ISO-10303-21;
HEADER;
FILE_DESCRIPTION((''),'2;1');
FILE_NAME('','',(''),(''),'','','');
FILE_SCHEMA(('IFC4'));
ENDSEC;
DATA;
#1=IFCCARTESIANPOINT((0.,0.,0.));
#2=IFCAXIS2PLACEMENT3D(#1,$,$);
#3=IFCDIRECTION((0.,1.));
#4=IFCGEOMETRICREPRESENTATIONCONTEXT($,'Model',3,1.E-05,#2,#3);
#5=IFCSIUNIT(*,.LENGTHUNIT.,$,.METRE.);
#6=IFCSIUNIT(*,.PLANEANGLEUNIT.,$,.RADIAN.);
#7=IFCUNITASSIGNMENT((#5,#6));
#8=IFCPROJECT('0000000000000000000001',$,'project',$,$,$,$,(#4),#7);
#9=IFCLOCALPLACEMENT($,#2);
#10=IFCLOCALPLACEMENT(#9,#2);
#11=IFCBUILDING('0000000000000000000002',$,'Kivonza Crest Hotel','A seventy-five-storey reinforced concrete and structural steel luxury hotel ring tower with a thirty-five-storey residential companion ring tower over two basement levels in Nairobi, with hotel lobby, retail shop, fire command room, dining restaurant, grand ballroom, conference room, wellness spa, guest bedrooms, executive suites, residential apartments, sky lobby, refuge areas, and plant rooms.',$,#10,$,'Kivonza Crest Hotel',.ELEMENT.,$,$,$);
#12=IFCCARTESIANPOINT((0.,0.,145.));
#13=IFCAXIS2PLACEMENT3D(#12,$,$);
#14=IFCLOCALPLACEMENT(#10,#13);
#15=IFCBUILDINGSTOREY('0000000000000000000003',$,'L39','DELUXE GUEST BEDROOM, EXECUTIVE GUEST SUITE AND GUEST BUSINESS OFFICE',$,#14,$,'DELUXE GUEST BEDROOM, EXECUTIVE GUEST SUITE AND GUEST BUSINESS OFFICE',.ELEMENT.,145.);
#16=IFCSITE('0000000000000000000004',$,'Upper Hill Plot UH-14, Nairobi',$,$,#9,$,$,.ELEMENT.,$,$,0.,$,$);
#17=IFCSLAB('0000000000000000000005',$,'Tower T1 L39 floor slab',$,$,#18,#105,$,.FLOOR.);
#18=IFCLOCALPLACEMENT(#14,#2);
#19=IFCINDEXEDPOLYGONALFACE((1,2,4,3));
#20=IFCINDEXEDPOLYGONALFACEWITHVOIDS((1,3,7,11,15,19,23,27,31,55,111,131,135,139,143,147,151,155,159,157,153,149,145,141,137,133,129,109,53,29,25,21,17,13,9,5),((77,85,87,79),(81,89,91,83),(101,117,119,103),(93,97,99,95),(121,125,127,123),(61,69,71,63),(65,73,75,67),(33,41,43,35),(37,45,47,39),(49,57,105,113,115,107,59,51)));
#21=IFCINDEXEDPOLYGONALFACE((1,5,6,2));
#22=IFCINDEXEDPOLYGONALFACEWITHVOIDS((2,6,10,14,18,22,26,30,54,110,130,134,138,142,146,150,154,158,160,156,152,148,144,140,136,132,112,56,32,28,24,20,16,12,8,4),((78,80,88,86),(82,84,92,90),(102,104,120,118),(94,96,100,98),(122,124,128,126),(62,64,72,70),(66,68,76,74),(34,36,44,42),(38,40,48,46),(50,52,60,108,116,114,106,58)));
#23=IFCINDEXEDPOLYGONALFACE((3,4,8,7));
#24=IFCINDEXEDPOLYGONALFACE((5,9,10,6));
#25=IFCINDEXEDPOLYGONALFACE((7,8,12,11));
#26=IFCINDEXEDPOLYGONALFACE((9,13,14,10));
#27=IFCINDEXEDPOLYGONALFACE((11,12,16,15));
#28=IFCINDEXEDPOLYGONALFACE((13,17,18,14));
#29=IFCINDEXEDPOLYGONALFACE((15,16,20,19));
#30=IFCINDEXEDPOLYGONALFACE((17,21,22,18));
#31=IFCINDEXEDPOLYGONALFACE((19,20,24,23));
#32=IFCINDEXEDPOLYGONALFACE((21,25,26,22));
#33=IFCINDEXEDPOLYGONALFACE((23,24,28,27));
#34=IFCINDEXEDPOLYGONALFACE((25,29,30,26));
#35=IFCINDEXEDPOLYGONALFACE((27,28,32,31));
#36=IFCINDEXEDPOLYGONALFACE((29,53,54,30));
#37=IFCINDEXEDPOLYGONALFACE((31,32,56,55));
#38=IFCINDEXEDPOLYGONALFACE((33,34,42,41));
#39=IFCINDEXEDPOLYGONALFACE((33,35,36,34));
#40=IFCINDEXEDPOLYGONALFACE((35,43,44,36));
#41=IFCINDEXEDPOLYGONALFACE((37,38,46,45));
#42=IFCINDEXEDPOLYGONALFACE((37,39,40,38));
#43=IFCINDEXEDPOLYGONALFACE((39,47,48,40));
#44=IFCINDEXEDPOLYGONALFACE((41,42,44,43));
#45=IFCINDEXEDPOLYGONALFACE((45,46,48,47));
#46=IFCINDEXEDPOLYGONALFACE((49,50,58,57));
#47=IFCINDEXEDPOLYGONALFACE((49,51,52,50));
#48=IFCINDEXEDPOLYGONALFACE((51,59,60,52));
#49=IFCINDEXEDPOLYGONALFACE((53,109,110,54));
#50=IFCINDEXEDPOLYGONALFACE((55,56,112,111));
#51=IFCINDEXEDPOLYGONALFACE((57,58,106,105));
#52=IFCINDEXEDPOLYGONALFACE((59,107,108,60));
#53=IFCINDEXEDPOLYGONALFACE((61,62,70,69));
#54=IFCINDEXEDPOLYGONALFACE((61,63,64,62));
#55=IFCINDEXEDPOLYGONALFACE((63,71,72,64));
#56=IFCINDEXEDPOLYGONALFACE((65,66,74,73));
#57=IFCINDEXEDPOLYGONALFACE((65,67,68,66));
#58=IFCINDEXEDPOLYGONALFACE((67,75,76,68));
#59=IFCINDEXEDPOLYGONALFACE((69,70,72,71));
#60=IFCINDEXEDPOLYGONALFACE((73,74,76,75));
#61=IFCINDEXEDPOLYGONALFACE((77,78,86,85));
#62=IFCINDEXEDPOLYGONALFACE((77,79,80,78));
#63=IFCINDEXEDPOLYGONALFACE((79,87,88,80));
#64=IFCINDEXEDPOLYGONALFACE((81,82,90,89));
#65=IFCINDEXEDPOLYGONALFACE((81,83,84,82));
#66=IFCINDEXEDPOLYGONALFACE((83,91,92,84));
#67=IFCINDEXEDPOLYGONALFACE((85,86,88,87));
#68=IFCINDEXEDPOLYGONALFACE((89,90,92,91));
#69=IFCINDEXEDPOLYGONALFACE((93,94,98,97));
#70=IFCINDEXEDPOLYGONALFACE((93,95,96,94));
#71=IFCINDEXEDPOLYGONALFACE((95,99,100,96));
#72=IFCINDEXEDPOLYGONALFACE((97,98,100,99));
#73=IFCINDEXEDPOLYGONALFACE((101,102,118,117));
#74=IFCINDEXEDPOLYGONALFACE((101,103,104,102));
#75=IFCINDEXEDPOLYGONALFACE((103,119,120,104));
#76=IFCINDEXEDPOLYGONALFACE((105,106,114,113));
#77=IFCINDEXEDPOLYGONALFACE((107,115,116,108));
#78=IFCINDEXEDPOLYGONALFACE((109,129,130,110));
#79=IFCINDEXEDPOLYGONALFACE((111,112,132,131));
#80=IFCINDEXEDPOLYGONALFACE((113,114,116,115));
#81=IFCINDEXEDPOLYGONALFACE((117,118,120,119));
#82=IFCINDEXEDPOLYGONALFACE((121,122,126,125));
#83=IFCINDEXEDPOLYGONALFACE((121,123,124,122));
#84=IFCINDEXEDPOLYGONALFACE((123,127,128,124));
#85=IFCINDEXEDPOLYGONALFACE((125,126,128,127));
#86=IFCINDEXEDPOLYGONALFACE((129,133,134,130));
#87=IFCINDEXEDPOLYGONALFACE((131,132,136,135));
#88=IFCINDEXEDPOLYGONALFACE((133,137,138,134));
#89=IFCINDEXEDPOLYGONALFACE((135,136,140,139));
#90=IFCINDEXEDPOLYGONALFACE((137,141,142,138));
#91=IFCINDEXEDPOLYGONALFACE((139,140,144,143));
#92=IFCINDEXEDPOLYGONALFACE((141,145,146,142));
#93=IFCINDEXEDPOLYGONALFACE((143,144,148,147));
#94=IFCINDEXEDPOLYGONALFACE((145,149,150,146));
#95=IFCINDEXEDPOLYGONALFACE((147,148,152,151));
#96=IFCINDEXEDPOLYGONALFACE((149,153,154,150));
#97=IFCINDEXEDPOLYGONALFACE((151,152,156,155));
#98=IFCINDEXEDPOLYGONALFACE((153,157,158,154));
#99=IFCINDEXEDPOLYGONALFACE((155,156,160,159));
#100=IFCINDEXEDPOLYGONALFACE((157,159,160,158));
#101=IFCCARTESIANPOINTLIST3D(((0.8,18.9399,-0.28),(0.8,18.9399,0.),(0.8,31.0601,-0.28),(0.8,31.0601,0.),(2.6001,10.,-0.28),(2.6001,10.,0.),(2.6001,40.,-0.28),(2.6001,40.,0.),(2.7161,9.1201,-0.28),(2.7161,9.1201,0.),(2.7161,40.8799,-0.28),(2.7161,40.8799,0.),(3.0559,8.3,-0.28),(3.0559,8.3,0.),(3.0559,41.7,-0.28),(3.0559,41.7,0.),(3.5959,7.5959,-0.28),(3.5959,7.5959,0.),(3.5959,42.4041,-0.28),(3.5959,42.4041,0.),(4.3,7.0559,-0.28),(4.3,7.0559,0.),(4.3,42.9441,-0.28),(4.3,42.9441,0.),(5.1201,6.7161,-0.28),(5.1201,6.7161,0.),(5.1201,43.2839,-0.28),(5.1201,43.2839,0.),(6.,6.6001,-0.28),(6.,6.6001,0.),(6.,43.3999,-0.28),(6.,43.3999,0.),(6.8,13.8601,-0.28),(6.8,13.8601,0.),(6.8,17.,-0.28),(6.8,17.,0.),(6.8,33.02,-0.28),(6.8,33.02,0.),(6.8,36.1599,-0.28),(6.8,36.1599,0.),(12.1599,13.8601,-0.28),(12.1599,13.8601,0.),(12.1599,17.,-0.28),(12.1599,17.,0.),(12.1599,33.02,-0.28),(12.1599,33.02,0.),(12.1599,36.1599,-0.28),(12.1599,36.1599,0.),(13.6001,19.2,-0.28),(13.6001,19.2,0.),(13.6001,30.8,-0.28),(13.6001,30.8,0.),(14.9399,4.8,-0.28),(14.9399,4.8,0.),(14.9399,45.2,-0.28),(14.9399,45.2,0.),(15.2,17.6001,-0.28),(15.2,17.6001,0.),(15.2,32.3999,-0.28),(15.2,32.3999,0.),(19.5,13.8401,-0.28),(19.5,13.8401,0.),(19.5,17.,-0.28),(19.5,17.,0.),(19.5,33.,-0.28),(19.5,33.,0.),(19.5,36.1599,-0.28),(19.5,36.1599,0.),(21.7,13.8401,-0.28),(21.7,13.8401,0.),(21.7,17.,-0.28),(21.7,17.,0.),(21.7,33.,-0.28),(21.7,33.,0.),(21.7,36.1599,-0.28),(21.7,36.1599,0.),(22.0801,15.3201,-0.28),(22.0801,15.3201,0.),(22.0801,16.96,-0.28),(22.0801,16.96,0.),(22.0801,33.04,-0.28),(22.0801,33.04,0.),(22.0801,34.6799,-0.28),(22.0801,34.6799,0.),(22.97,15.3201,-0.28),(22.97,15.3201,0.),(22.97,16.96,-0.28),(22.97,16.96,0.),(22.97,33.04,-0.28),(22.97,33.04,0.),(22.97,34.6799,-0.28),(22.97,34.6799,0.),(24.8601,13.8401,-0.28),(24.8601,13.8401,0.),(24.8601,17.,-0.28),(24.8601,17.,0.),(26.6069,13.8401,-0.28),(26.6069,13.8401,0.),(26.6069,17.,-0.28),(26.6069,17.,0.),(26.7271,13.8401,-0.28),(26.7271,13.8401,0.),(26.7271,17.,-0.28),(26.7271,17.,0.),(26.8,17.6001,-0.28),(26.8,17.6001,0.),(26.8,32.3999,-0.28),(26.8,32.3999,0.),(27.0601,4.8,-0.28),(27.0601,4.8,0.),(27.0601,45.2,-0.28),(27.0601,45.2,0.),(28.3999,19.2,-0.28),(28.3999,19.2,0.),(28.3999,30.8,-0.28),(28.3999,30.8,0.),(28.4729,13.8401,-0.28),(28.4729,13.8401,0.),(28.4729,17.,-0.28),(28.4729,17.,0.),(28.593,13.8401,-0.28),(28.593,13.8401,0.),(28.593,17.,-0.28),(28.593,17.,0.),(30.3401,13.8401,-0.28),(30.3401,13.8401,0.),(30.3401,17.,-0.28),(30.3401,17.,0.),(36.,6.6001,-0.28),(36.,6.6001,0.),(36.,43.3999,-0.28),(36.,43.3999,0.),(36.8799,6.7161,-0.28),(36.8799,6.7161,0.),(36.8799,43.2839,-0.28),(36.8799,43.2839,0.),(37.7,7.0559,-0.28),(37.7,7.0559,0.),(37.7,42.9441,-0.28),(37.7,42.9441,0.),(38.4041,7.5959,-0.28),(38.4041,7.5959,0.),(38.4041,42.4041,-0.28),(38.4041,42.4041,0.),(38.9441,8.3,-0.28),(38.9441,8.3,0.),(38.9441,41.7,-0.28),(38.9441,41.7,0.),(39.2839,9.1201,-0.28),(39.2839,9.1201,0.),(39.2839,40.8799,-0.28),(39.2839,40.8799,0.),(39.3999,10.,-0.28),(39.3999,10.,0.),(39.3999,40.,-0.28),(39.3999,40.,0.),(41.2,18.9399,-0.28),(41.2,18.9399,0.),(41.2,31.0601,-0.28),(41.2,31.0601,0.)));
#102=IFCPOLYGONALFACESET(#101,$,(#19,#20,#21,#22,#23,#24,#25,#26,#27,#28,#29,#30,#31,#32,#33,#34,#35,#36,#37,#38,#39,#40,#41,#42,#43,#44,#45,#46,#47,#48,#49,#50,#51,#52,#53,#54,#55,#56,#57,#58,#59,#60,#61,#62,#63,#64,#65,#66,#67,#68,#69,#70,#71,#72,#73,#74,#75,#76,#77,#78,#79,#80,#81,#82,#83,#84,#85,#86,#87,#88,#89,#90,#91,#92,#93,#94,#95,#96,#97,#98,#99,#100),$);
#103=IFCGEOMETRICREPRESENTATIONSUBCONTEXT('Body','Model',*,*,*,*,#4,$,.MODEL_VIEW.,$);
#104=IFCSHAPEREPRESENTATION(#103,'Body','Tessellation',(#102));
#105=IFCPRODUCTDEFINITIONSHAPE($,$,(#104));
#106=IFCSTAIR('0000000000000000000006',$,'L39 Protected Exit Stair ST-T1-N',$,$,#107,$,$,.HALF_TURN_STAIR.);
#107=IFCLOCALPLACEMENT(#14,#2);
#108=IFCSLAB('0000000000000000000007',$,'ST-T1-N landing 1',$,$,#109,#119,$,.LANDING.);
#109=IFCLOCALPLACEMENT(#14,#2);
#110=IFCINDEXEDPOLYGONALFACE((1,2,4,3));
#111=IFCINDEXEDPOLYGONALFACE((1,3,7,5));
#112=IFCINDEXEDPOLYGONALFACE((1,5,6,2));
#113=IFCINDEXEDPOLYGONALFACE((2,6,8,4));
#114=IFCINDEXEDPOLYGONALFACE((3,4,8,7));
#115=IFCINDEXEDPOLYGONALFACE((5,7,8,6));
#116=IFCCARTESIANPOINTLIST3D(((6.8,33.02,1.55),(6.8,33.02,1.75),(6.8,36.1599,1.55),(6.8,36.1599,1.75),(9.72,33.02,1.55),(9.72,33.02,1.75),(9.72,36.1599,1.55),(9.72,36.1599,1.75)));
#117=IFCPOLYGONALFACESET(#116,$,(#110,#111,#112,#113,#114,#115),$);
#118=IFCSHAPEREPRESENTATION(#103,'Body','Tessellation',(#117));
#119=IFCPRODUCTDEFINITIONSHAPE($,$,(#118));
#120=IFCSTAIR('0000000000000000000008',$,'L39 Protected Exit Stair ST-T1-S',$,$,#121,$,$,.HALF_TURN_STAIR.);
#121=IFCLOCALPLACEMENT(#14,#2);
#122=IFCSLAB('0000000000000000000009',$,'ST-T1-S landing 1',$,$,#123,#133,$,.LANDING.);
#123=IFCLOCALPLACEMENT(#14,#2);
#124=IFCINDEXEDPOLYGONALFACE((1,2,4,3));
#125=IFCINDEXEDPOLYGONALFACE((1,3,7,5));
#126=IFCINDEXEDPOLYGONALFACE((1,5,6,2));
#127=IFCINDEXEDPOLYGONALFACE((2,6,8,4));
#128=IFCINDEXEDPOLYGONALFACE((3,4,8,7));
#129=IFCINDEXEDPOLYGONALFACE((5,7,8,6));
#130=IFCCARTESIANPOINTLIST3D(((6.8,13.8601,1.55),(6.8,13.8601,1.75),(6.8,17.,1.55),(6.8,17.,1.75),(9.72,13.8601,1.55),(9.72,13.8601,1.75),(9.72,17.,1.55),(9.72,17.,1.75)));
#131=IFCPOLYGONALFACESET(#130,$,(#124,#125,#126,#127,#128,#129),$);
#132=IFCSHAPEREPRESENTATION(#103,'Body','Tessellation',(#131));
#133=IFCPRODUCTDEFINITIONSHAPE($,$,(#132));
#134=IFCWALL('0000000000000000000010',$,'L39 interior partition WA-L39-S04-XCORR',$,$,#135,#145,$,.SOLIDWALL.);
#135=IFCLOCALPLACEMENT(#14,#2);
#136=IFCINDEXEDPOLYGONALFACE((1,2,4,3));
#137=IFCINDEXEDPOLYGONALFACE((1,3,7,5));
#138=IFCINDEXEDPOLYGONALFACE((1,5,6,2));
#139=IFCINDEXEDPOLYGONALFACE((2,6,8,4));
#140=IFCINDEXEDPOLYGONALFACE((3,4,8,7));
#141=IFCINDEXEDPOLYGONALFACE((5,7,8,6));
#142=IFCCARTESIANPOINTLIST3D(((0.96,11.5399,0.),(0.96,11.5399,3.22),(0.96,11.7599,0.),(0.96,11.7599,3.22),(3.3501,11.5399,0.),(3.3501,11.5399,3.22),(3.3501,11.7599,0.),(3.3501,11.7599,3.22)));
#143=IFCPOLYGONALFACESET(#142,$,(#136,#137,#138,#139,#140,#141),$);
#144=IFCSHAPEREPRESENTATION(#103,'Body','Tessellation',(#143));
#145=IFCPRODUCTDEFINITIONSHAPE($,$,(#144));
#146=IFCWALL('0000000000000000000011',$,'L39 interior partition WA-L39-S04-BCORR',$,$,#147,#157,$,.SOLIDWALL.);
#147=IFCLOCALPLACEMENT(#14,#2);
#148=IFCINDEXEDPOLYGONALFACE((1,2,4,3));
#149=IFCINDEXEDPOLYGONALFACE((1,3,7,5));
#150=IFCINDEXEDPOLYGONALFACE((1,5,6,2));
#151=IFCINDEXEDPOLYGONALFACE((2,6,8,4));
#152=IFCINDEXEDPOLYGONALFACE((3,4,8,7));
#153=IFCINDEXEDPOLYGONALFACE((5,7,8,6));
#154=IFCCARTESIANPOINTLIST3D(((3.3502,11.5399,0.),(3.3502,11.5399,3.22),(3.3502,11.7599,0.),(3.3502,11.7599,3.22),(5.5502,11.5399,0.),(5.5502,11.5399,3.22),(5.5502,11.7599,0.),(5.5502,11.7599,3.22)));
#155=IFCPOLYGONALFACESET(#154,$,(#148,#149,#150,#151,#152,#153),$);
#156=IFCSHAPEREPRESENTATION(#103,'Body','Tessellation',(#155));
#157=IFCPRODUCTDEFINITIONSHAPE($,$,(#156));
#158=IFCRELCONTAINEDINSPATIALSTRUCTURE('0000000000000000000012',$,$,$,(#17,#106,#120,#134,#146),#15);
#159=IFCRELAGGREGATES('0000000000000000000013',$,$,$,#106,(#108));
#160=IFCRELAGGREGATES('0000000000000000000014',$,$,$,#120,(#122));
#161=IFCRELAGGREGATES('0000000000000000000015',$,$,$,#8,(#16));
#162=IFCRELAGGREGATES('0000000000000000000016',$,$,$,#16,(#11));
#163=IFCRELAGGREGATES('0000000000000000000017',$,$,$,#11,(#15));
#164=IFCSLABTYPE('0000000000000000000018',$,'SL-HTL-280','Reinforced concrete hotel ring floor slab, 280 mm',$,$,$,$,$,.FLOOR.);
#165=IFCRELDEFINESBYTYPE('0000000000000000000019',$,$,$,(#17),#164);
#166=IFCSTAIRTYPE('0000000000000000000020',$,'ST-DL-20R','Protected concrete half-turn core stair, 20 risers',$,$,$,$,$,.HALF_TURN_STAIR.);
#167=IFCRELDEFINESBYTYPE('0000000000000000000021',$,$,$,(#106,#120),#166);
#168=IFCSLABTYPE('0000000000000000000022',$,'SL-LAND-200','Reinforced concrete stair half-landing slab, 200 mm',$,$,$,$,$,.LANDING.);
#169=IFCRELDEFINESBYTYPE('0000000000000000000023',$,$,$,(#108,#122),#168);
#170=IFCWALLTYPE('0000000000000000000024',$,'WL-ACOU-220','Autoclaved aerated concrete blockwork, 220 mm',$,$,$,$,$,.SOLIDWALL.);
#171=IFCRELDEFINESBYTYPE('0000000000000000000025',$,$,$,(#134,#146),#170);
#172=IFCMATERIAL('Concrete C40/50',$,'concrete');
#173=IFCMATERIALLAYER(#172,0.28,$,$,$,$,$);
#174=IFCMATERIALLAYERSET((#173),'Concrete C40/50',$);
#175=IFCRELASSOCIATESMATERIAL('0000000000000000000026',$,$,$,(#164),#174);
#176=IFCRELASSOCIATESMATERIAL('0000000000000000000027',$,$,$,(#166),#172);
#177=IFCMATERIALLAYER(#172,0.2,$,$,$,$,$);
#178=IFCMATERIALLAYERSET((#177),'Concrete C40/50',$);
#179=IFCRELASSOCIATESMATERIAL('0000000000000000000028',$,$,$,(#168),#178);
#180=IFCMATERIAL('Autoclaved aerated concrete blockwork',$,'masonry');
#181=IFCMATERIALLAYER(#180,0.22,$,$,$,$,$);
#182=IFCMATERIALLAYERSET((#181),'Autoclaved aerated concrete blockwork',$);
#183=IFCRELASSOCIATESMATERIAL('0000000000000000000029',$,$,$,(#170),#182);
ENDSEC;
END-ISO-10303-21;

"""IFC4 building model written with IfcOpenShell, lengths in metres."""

from ifc_helpers import new_model, si_unit, direction, frame, frame_2d, origin, place, context, subcontext, project, spatial, polyline, rectangle, outline, extrude, material, layer, layer_set, type_object, element, aggregate, save


model = new_model("IFC4")

# Units and contexts
model_context = context("Model", 3, precision=1e-05, world=origin(), true_north=direction((0.0, 1.0)))
body_context = subcontext(model_context, "Body", "Model", "MODEL_VIEW")
ifc_project = project(units=[si_unit("LENGTHUNIT", "METRE"), si_unit("PLANEANGLEUNIT", "RADIAN")], contexts=[model_context])

# Site, building, storey
site_placement = place(None, origin())
site = spatial("IfcSite", under=ifc_project, at=site_placement, Name="Upper Hill Plot UH-14, Nairobi", CompositionType="ELEMENT", RefElevation=0.0)
building_placement = place(site_placement, origin())
building = spatial("IfcBuilding", under=site, at=building_placement, Name="Kivonza Crest Hotel", Description="A seventy-five-storey reinforced concrete and structural steel luxury hotel ring tower with a thirty-five-storey residential companion ring tower over two basement levels in Nairobi, with hotel lobby, retail shop, fire command room, dining restaurant, grand ballroom, conference room, wellness spa, guest bedrooms, executive suites, residential apartments, sky lobby, refuge areas, and plant rooms.", LongName="Kivonza Crest Hotel", CompositionType="ELEMENT")
storey_placement = place(building_placement, frame((0.0, 0.0, 145.0)))
storey = spatial("IfcBuildingStorey", under=building, at=storey_placement, Name="L39", Description="DELUXE GUEST BEDROOM, EXECUTIVE GUEST SUITE AND GUEST BUSINESS OFFICE", LongName="DELUXE GUEST BEDROOM, EXECUTIVE GUEST SUITE AND GUEST BUSINESS OFFICE", CompositionType="ELEMENT", Elevation=145.0)

# Slab
ifc_material_1 = material(Name="Concrete C40/50", Category="concrete")
ifc_layer_1 = layer(ifc_material_1, 0.28)
ifc_layer_set_1 = layer_set([ifc_layer_1], Name="Concrete C40/50")
slab_type_1 = type_object("IfcSlabType", Name="SL-HTL-280", Description="Reinforced concrete hotel ring floor slab, 280 mm", PredefinedType="FLOOR", material=ifc_layer_set_1)
slab_1_placement = place(storey_placement, frame((0.0, 0.0, -0.28)))
element("IfcSlab", 1, at=slab_1_placement, inside=storey, type_object=slab_type_1, Name="Tower T1 L39 floor slab", PredefinedType="FLOOR", context=body_context, shape_type="SweptSolid", body=[
    extrude(outline(polyline([(2.6001, 10.0), (2.7161, 9.1201), (3.0559, 8.3), (3.5959, 7.5959), (4.3, 7.0559), (5.1201, 6.7161), (6.0, 6.6001), (14.9399, 4.8), (27.0601, 4.8), (36.0, 6.6001), (36.8799, 6.7161), (37.7, 7.0559), (38.4041, 7.5959), (38.9441, 8.3), (39.2839, 9.1201), (39.3999, 10.0), (41.2, 18.9399), (41.2, 31.0601), (39.3999, 40.0), (39.2839, 40.8799), (38.9441, 41.7), (38.4041, 42.4041), (37.7, 42.9441), (36.8799, 43.2839), (36.0, 43.3999), (27.0601, 45.2), (14.9399, 45.2), (6.0, 43.3999), (5.1201, 43.2839), (4.3, 42.9441), (3.5959, 42.4041), (3.0559, 41.7), (2.7161, 40.8799), (2.6001, 40.0), (0.8, 31.0601), (0.8, 18.9399), (2.6001, 10.0)]), holes=[polyline([(15.2, 17.6001), (26.8, 17.6001), (28.3999, 19.2), (28.3999, 30.8), (26.8, 32.3999), (15.2, 32.3999), (13.6001, 30.8), (13.6001, 19.2), (15.2, 17.6001)]), polyline([(6.8, 33.02), (12.1599, 33.02), (12.1599, 36.1599), (6.8, 36.1599), (6.8, 33.02)]), polyline([(6.8, 13.8601), (12.1599, 13.8601), (12.1599, 17.0), (6.8, 17.0), (6.8, 13.8601)]), polyline([(22.0801, 33.04), (22.97, 33.04), (22.97, 34.6799), (22.0801, 34.6799), (22.0801, 33.04)]), polyline([(22.0801, 15.3201), (22.97, 15.3201), (22.97, 16.96), (22.0801, 16.96), (22.0801, 15.3201)]), polyline([(19.5, 33.0), (21.7, 33.0), (21.7, 36.1599), (19.5, 36.1599), (19.5, 33.0)]), polyline([(19.5, 13.8401), (21.7, 13.8401), (21.7, 17.0), (19.5, 17.0), (19.5, 13.8401)]), polyline([(24.8601, 13.8401), (26.6069, 13.8401), (26.6069, 17.0), (24.8601, 17.0), (24.8601, 13.8401)]), polyline([(26.7271, 13.8401), (28.4729, 13.8401), (28.4729, 17.0), (26.7271, 17.0), (26.7271, 13.8401)]), polyline([(28.593, 13.8401), (30.3401, 13.8401), (30.3401, 17.0), (28.593, 17.0), (28.593, 13.8401)])]), origin(), (0.0, 0.0, 1.0), 0.28),
])

# Stairs, slabs
stair_type = type_object("IfcStairType", Name="ST-DL-20R", Description="Protected concrete half-turn core stair, 20 risers", PredefinedType="HALF_TURN_STAIR", material=ifc_material_1)
stair_1_placement = place(storey_placement, origin())
stair_1 = element("IfcStair", 2, at=stair_1_placement, inside=storey, type_object=stair_type, Name="L39 Protected Exit Stair ST-T1-N", PredefinedType="HALF_TURN_STAIR")
ifc_layer_2 = layer(ifc_material_1, 0.2)
ifc_layer_set_2 = layer_set([ifc_layer_2], Name="Concrete C40/50")
slab_type_2 = type_object("IfcSlabType", Name="SL-LAND-200", Description="Reinforced concrete stair half-landing slab, 200 mm", PredefinedType="LANDING", material=ifc_layer_set_2)
slab_2_placement = place(storey_placement, frame((0.0, 0.0, 1.55)))
slab_2 = element("IfcSlab", 3, at=slab_2_placement, type_object=slab_type_2, Name="ST-T1-N landing 1", PredefinedType="LANDING", context=body_context, shape_type="SweptSolid", body=[
    extrude(outline(polyline([(9.72, 36.1599), (6.8, 36.1599), (6.8, 33.02), (9.72, 33.02), (9.72, 36.1599)])), origin(), (0.0, 0.0, 1.0), 0.2),
])
aggregate(stair_1, [slab_2])
stair_2_placement = place(storey_placement, origin())
stair_2 = element("IfcStair", 4, at=stair_2_placement, inside=storey, type_object=stair_type, Name="L39 Protected Exit Stair ST-T1-S", PredefinedType="HALF_TURN_STAIR")
slab_3_placement = place(storey_placement, frame((0.0, 0.0, 1.55)))
slab_3 = element("IfcSlab", 5, at=slab_3_placement, type_object=slab_type_2, Name="ST-T1-S landing 1", PredefinedType="LANDING", context=body_context, shape_type="SweptSolid", body=[
    extrude(outline(polyline([(9.72, 17.0), (6.8, 17.0), (6.8, 13.8601), (9.72, 13.8601), (9.72, 17.0)])), origin(), (0.0, 0.0, 1.0), 0.2),
])
aggregate(stair_2, [slab_3])

# Walls
ifc_material_2 = material(Name="Autoclaved aerated concrete blockwork", Category="masonry")
ifc_layer_3 = layer(ifc_material_2, 0.22)
ifc_layer_set_3 = layer_set([ifc_layer_3], Name="Autoclaved aerated concrete blockwork")
wall_type_1 = type_object("IfcWallType", Name="WL-ACOU-220", Description="Autoclaved aerated concrete blockwork, 220 mm", PredefinedType="SOLIDWALL", material=ifc_layer_set_3)
wall_1_placement = place(storey_placement, frame((0.96, 11.6499, 0.0), z_axis=(0.0, 0.0, 1.0), x_axis=(1.0, 0.0, 0.0)))
element("IfcWall", 6, at=wall_1_placement, inside=storey, type_object=wall_type_1, Name="L39 interior partition WA-L39-S04-XCORR", PredefinedType="SOLIDWALL", context=body_context, shape_type="SweptSolid", body=[
    extrude(rectangle(XDim=2.3901, YDim=0.22, at=frame_2d((1.1951, 0.0))), origin(), (0.0, 0.0, 1.0), 3.22),
])
wall_2_placement = place(storey_placement, frame((3.3501, 11.6499, 0.0), z_axis=(0.0, 0.0, 1.0), x_axis=(1.0, 0.0, 0.0)))
element("IfcWall", 7, at=wall_2_placement, inside=storey, type_object=wall_type_1, Name="L39 interior partition WA-L39-S04-BCORR", PredefinedType="SOLIDWALL", context=body_context, shape_type="SweptSolid", body=[
    extrude(rectangle(XDim=2.2, YDim=0.22, at=frame_2d((1.1001, 0.0))), origin(), (0.0, 0.0, 1.0), 3.22),
])

save(model, "model.ifc")
